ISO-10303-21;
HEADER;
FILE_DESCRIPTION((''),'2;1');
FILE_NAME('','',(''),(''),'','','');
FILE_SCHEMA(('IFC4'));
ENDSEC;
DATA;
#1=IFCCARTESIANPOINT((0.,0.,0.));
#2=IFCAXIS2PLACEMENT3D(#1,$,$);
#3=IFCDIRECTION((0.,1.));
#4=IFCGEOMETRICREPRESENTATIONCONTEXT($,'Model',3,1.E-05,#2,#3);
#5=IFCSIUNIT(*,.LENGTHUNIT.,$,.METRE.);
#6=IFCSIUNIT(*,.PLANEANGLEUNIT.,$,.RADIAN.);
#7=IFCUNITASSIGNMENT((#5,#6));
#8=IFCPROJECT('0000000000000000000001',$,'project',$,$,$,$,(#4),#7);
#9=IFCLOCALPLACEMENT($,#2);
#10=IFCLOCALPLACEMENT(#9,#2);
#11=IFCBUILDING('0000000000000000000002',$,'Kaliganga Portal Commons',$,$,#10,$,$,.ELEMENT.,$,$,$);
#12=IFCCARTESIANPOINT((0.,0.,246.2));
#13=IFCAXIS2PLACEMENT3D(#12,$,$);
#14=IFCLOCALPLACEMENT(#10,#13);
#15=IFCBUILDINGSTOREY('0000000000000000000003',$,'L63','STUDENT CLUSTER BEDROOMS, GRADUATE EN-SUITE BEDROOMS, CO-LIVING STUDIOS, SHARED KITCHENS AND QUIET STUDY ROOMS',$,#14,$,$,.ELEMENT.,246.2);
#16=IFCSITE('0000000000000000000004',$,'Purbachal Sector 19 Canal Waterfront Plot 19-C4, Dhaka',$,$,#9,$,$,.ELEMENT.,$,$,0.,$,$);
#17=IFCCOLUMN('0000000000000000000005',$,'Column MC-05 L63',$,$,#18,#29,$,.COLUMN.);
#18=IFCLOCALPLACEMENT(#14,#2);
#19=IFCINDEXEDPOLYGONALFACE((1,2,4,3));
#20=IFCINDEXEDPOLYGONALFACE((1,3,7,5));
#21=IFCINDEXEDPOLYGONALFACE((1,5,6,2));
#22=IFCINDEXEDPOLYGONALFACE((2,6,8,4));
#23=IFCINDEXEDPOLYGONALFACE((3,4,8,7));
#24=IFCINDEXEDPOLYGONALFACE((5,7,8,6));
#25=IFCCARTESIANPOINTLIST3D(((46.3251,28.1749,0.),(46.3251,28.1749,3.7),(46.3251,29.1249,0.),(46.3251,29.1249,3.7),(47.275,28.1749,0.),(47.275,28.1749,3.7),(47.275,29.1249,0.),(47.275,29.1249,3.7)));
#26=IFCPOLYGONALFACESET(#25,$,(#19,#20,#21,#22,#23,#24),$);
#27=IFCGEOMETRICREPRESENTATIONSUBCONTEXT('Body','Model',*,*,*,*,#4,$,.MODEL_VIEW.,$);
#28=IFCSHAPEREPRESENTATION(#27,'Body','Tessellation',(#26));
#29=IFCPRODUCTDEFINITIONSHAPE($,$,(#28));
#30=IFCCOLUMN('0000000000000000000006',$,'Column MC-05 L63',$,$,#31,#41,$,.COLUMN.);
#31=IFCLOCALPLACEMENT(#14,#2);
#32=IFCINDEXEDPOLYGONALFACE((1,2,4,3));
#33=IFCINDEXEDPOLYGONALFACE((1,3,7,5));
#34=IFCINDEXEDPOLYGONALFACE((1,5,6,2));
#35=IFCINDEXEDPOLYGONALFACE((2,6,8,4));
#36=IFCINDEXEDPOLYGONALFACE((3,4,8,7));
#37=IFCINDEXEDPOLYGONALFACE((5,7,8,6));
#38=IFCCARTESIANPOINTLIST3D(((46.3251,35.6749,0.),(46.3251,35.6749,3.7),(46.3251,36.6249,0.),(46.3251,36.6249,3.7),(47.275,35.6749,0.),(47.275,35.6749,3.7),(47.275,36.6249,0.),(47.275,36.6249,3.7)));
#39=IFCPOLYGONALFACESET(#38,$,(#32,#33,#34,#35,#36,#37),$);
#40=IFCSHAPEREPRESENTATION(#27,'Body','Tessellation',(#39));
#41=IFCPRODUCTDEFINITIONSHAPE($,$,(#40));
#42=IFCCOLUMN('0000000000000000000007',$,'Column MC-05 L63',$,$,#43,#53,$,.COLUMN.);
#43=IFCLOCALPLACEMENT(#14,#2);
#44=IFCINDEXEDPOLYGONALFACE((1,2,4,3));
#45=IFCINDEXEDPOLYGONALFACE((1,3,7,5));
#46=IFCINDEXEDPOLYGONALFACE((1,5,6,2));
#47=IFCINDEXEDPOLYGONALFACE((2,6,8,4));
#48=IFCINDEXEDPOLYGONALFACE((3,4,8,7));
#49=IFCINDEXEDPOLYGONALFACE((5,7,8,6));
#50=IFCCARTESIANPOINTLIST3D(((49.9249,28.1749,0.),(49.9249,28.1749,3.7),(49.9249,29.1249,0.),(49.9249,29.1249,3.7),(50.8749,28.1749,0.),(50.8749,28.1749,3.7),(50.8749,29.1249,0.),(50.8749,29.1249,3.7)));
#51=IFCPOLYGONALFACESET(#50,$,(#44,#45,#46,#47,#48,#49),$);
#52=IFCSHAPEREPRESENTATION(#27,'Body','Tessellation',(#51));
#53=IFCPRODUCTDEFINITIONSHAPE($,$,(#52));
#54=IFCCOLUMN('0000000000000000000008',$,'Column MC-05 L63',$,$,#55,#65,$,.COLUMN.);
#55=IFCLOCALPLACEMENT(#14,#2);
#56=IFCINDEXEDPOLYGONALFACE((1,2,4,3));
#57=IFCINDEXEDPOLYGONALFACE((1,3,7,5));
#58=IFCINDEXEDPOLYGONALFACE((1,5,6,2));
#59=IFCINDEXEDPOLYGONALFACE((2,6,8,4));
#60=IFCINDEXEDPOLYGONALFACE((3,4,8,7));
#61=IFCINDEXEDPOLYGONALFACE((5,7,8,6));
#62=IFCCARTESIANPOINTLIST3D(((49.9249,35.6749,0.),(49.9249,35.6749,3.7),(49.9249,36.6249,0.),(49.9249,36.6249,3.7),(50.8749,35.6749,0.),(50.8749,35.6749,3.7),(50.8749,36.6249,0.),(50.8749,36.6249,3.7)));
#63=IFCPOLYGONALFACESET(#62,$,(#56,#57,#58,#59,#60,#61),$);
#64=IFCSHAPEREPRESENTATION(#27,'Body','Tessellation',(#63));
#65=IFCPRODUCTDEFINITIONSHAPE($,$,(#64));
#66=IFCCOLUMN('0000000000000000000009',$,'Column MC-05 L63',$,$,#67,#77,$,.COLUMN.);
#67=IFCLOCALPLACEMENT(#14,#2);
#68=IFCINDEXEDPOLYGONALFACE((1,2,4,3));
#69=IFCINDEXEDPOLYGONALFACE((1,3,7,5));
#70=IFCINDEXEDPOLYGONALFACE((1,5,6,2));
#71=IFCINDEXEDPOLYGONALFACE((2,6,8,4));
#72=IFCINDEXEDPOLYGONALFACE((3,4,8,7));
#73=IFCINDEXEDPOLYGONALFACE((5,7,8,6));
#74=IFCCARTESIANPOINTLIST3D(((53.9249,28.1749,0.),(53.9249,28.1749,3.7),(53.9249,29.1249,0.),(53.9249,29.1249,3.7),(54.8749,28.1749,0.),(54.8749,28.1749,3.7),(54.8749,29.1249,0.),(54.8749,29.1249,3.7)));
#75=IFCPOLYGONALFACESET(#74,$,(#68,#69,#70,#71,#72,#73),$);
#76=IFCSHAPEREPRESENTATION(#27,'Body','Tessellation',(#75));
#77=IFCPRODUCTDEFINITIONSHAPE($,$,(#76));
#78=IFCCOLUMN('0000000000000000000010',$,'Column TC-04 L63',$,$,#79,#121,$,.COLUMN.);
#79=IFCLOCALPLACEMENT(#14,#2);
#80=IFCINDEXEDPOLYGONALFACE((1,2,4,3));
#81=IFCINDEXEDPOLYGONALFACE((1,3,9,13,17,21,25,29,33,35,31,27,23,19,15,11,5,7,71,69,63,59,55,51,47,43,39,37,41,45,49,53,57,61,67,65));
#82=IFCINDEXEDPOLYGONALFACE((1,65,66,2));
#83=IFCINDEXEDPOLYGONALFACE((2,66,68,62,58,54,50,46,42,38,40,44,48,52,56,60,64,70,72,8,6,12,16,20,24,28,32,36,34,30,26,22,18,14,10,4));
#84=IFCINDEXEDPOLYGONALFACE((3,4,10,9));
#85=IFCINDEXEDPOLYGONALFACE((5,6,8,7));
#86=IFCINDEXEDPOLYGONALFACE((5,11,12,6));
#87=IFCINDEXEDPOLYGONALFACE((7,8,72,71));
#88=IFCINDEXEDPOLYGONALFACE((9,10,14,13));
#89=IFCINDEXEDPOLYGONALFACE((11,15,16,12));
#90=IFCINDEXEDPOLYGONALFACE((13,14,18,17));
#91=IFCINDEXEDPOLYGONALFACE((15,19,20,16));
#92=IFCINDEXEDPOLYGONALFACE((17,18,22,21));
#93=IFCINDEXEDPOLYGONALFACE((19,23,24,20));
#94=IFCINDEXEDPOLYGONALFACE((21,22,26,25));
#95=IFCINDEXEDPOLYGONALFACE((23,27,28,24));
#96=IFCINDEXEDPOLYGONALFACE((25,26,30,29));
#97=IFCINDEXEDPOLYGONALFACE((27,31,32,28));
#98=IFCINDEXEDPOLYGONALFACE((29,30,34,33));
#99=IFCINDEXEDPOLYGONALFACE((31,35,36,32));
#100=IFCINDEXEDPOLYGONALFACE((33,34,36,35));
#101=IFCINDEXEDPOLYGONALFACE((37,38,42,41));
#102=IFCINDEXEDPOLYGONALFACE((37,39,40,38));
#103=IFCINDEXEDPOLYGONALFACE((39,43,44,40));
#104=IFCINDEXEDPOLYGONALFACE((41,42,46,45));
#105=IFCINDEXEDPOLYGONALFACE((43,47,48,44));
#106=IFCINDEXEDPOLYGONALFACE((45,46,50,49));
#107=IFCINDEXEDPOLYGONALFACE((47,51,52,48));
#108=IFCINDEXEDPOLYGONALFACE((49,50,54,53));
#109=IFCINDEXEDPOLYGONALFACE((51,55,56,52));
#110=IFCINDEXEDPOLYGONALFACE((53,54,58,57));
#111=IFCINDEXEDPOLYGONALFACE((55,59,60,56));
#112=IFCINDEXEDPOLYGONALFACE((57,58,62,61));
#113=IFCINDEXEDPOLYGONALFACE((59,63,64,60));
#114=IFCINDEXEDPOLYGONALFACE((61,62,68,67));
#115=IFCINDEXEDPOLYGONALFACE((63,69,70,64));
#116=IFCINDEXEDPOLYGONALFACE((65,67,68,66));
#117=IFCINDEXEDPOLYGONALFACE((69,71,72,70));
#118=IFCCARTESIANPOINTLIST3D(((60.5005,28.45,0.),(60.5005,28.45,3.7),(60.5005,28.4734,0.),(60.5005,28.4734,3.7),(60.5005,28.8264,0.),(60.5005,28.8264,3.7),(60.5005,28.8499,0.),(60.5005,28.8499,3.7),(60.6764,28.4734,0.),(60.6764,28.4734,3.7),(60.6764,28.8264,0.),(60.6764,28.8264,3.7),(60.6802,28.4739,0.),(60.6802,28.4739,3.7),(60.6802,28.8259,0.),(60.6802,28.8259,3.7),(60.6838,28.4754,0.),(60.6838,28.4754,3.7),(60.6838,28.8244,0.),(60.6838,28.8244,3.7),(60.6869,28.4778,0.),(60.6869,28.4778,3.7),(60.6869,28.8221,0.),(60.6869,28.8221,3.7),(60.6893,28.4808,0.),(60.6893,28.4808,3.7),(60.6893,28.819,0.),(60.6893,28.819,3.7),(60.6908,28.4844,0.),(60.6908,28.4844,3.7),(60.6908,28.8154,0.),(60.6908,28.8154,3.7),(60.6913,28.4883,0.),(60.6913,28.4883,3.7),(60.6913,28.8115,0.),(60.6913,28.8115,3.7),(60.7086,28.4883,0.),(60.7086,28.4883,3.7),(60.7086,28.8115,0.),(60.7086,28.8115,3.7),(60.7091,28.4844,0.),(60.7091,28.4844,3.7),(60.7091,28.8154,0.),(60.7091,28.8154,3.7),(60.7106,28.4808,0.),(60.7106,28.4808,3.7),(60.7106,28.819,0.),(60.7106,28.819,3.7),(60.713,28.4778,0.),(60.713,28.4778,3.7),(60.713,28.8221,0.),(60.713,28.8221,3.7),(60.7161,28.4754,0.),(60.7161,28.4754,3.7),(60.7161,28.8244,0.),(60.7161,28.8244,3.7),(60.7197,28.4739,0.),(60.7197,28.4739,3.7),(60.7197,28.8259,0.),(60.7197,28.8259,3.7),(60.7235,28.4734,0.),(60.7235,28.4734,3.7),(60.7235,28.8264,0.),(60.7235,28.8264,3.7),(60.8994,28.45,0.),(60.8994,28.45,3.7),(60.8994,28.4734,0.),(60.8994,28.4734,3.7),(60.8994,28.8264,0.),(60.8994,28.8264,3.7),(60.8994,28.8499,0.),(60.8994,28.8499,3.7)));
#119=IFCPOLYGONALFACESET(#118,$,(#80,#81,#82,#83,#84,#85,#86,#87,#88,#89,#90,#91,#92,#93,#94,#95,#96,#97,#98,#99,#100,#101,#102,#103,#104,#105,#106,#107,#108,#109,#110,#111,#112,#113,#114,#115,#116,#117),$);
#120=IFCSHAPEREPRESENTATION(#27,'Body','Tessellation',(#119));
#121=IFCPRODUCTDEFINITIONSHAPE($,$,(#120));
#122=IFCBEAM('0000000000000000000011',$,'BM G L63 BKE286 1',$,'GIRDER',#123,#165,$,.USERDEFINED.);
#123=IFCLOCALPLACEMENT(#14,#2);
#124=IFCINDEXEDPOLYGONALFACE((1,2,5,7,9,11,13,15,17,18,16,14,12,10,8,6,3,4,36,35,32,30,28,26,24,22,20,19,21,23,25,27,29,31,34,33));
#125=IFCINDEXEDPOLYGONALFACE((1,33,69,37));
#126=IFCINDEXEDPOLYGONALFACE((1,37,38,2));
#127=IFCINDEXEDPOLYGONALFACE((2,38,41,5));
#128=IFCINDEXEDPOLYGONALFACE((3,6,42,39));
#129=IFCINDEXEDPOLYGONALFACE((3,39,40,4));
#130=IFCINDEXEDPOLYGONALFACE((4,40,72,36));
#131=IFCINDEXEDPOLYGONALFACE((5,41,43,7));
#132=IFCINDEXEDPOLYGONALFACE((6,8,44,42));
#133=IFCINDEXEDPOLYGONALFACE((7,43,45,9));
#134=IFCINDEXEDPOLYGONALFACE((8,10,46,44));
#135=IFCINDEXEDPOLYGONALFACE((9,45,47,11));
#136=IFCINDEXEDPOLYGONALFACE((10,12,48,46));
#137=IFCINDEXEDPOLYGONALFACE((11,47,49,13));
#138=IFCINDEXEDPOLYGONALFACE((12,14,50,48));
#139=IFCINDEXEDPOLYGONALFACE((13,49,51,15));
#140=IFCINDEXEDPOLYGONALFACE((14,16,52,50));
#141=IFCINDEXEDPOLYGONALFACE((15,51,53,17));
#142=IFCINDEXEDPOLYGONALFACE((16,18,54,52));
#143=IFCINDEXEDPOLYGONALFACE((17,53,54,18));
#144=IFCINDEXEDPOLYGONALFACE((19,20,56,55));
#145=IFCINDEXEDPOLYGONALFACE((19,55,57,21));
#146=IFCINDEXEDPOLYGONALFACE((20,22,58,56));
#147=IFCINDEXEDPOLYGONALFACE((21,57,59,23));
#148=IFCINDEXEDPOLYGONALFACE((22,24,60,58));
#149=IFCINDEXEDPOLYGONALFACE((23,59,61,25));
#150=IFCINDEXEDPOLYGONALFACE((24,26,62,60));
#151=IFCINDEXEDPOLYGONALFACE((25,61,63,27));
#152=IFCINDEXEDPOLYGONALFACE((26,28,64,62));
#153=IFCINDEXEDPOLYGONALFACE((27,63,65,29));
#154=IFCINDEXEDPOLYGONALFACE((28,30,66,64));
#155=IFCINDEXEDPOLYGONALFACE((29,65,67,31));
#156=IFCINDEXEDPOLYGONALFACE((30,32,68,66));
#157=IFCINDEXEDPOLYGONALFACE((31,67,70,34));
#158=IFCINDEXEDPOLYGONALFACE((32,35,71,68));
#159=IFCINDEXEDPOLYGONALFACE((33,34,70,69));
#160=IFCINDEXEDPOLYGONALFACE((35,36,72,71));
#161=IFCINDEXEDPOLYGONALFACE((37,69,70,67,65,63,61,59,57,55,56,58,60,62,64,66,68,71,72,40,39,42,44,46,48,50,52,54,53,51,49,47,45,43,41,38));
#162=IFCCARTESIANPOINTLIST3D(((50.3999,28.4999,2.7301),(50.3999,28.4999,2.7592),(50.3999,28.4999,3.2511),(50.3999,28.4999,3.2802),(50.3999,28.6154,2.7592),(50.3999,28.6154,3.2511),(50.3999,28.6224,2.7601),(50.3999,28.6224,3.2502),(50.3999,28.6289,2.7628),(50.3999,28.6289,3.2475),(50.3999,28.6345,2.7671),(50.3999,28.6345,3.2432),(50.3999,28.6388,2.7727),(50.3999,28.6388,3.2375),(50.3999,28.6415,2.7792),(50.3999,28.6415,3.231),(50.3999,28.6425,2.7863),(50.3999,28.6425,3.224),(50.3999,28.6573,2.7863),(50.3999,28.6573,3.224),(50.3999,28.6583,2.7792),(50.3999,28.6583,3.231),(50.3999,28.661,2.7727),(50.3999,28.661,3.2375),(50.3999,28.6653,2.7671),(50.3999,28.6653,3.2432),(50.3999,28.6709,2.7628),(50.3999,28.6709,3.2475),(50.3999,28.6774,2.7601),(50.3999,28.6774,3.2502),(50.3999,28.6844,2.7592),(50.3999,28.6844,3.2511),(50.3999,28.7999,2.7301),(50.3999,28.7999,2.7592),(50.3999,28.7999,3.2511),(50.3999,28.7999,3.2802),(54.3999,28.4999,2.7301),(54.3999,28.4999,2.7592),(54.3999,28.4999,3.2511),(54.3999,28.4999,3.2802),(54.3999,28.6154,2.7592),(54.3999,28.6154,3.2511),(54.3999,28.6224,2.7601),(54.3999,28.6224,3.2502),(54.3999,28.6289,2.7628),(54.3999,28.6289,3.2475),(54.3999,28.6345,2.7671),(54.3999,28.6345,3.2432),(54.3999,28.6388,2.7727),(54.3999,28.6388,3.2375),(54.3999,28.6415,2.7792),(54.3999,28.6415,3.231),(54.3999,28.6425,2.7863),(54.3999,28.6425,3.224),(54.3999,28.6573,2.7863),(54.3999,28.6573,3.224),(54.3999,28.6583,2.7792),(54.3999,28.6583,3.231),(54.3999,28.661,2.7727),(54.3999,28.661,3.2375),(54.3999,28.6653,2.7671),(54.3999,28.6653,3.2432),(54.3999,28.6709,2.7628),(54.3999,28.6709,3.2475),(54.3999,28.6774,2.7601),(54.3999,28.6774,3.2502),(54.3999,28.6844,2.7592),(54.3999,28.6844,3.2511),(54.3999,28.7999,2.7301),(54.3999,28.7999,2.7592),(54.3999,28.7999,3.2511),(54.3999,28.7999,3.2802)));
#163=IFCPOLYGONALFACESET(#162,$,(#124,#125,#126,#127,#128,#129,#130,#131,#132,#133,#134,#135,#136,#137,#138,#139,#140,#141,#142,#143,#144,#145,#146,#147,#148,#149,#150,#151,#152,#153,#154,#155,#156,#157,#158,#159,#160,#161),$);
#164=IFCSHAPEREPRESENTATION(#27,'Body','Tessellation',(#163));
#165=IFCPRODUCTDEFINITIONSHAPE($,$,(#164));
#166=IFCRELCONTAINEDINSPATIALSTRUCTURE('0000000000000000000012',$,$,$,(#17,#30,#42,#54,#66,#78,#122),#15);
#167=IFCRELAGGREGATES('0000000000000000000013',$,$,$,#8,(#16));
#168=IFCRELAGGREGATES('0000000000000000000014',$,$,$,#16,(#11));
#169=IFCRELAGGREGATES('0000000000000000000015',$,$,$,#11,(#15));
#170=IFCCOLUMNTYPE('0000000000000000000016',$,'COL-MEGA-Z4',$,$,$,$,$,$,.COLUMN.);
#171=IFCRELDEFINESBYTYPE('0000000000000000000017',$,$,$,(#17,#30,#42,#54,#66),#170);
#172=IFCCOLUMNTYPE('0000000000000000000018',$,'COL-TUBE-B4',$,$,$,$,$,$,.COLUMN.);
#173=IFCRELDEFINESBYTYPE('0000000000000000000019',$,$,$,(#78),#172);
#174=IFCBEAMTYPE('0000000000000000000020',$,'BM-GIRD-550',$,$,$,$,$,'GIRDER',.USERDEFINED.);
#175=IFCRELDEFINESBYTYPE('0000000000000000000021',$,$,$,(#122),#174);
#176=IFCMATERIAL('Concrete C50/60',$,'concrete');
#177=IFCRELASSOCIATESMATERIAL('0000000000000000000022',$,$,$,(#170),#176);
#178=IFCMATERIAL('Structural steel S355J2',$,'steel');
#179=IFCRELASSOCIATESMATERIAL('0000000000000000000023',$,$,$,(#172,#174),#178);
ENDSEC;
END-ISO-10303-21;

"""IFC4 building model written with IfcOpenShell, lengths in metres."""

from ifc_helpers import new_model, si_unit, direction, frame, origin, origin_2d, place, context, subcontext, project, spatial, rectangle, i_section, extrude, source, transform, mapped, material, material_profile, profile_set, type_object, element, save


model = new_model("IFC4")

# Units and contexts
model_context = context("Model", 3, precision=1e-05, world=origin(), true_north=direction((0.0, 1.0)))
body_context = subcontext(model_context, "Body", "Model", "MODEL_VIEW")
ifc_project = project(units=[si_unit("LENGTHUNIT", "METRE"), si_unit("PLANEANGLEUNIT", "RADIAN")], contexts=[model_context])

# Site, building, storey
site_placement = place(None, origin())
site = spatial("IfcSite", under=ifc_project, at=site_placement, Name="Purbachal Sector 19 Canal Waterfront Plot 19-C4, Dhaka", CompositionType="ELEMENT", RefElevation=0.0)
building_placement = place(site_placement, origin())
building = spatial("IfcBuilding", under=site, at=building_placement, Name="Kaliganga Portal Commons", CompositionType="ELEMENT")
storey_placement = place(building_placement, frame((0.0, 0.0, 246.2)))
storey = spatial("IfcBuildingStorey", under=building, at=storey_placement, Name="L63", Description="STUDENT CLUSTER BEDROOMS, GRADUATE EN-SUITE BEDROOMS, CO-LIVING STUDIOS, SHARED KITCHENS AND QUIET STUDY ROOMS", CompositionType="ELEMENT", Elevation=246.2)

# Columns
ifc_material_1 = material(Name="Concrete C50/60", Category="concrete")
ifc_material_profile_1 = material_profile(ifc_material_1, rectangle(XDim=0.95, YDim=0.95, at=origin_2d()), Name="RC 950x950")
ifc_profile_set_1 = profile_set([ifc_material_profile_1], Name="Concrete C50/60")
column_type_1 = type_object("IfcColumnType", Name="COL-MEGA-Z4", PredefinedType="COLUMN", material=ifc_profile_set_1)
shared_shape_1 = source(origin(), body_context, "Body", "SweptSolid", [
    extrude(rectangle(XDim=0.95, YDim=0.95, at=origin_2d()), origin(), (0.0, 0.0, 1.0), 3.7),
])
for number, where, z_axis, x_axis, name in (
    (1, (46.8, 28.6499, 0.0), (0.0, 0.0, 1.0), (1.0, 0.0, 0.0), "Column MC-05 L63"),
    (2, (46.8, 36.1499, 0.0), (0.0, 0.0, 1.0), (1.0, 0.0, 0.0), "Column MC-05 L63"),
    (3, (50.3999, 28.6499, 0.0), (0.0, 0.0, 1.0), (1.0, 0.0, 0.0), "Column MC-05 L63"),
    (4, (50.3999, 36.1499, 0.0), (0.0, 0.0, 1.0), (1.0, 0.0, 0.0), "Column MC-05 L63"),
    (5, (54.3999, 28.6499, 0.0), (0.0, 0.0, 1.0), (1.0, 0.0, 0.0), "Column MC-05 L63"),
):
    element("IfcColumn", number, at=place(storey_placement, frame(where, z_axis=z_axis, x_axis=x_axis)), inside=storey, type_object=column_type_1, Name=name, PredefinedType="COLUMN", context=body_context, shape_type="MappedRepresentation", body=[
        mapped(shared_shape_1, transform((0.0, 0.0, 0.0), x_axis=(1.0, 0.0, 0.0), y_axis=(0.0, 1.0, 0.0), z_axis=(0.0, 0.0, 1.0), scale=1.0)),
    ])
ifc_material_2 = material(Name="Structural steel S355J2", Category="steel")
ifc_material_profile_2 = material_profile(ifc_material_2, i_section(OverallWidth=0.3989, OverallDepth=0.3999, WebThickness=0.0173, FlangeThickness=0.0234, FilletRadius=0.0149, at=origin_2d()), Name="HD 400x287")
ifc_profile_set_2 = profile_set([ifc_material_profile_2], Name="Structural steel S355J2 wide-flange")
column_type_2 = type_object("IfcColumnType", Name="COL-TUBE-B4", PredefinedType="COLUMN", material=ifc_profile_set_2)
shared_shape_2 = source(origin(), body_context, "Body", "SweptSolid", [
    extrude(i_section(OverallWidth=0.3989, OverallDepth=0.3999, WebThickness=0.0173, FlangeThickness=0.0234, FilletRadius=0.0149, at=origin_2d()), origin(), (0.0, 0.0, 1.0), 3.7),
])
column_placement = place(storey_placement, frame((60.7, 28.6499, 0.0), z_axis=(0.0, 0.0, 1.0), x_axis=(1.0, 0.0, 0.0)))
element("IfcColumn", 6, at=column_placement, inside=storey, type_object=column_type_2, Name="Column TC-04 L63", PredefinedType="COLUMN", context=body_context, shape_type="MappedRepresentation", body=[
    mapped(shared_shape_2, transform((0.0, 0.0, 0.0), x_axis=(1.0, 0.0, 0.0), y_axis=(0.0, 1.0, 0.0), z_axis=(0.0, 0.0, 1.0), scale=1.0)),
])

# Beam
ifc_material_profile_3 = material_profile(ifc_material_2, i_section(OverallWidth=0.3, OverallDepth=0.55, WebThickness=0.0149, FlangeThickness=0.0291, FilletRadius=0.0271, at=origin_2d()), Name="HE 550 B")
ifc_profile_set_3 = profile_set([ifc_material_profile_3], Name="Structural steel S355J2 wide-flange")
beam_type_1 = type_object("IfcBeamType", Name="BM-GIRD-550", ElementType="GIRDER", PredefinedType="USERDEFINED", material=ifc_profile_set_3)
shared_shape_3 = source(origin(), body_context, "Body", "SweptSolid", [
    extrude(i_section(OverallWidth=0.3, OverallDepth=0.55, WebThickness=0.0149, FlangeThickness=0.0291, FilletRadius=0.0271, at=origin_2d()), origin(), (0.0, 0.0, 1.0), 4.0),
])
for number, where, z_axis, x_axis, name in (
    (7, (50.3999, 28.6499, 3.0051), (1.0, 0.0, 0.0), (0.0, 1.0, 0.0), "BM G L63 BKE286 1"),
):
    element("IfcBeam", number, at=place(storey_placement, frame(where, z_axis=z_axis, x_axis=x_axis)), inside=storey, type_object=beam_type_1, Name=name, ObjectType="GIRDER", PredefinedType="USERDEFINED", context=body_context, shape_type="MappedRepresentation", body=[
        mapped(shared_shape_3, transform((0.0, 0.0, 0.0), x_axis=(1.0, 0.0, 0.0), y_axis=(0.0, 1.0, 0.0), z_axis=(0.0, 0.0, 1.0), scale=1.0)),
    ])

save(model, "model.ifc")
